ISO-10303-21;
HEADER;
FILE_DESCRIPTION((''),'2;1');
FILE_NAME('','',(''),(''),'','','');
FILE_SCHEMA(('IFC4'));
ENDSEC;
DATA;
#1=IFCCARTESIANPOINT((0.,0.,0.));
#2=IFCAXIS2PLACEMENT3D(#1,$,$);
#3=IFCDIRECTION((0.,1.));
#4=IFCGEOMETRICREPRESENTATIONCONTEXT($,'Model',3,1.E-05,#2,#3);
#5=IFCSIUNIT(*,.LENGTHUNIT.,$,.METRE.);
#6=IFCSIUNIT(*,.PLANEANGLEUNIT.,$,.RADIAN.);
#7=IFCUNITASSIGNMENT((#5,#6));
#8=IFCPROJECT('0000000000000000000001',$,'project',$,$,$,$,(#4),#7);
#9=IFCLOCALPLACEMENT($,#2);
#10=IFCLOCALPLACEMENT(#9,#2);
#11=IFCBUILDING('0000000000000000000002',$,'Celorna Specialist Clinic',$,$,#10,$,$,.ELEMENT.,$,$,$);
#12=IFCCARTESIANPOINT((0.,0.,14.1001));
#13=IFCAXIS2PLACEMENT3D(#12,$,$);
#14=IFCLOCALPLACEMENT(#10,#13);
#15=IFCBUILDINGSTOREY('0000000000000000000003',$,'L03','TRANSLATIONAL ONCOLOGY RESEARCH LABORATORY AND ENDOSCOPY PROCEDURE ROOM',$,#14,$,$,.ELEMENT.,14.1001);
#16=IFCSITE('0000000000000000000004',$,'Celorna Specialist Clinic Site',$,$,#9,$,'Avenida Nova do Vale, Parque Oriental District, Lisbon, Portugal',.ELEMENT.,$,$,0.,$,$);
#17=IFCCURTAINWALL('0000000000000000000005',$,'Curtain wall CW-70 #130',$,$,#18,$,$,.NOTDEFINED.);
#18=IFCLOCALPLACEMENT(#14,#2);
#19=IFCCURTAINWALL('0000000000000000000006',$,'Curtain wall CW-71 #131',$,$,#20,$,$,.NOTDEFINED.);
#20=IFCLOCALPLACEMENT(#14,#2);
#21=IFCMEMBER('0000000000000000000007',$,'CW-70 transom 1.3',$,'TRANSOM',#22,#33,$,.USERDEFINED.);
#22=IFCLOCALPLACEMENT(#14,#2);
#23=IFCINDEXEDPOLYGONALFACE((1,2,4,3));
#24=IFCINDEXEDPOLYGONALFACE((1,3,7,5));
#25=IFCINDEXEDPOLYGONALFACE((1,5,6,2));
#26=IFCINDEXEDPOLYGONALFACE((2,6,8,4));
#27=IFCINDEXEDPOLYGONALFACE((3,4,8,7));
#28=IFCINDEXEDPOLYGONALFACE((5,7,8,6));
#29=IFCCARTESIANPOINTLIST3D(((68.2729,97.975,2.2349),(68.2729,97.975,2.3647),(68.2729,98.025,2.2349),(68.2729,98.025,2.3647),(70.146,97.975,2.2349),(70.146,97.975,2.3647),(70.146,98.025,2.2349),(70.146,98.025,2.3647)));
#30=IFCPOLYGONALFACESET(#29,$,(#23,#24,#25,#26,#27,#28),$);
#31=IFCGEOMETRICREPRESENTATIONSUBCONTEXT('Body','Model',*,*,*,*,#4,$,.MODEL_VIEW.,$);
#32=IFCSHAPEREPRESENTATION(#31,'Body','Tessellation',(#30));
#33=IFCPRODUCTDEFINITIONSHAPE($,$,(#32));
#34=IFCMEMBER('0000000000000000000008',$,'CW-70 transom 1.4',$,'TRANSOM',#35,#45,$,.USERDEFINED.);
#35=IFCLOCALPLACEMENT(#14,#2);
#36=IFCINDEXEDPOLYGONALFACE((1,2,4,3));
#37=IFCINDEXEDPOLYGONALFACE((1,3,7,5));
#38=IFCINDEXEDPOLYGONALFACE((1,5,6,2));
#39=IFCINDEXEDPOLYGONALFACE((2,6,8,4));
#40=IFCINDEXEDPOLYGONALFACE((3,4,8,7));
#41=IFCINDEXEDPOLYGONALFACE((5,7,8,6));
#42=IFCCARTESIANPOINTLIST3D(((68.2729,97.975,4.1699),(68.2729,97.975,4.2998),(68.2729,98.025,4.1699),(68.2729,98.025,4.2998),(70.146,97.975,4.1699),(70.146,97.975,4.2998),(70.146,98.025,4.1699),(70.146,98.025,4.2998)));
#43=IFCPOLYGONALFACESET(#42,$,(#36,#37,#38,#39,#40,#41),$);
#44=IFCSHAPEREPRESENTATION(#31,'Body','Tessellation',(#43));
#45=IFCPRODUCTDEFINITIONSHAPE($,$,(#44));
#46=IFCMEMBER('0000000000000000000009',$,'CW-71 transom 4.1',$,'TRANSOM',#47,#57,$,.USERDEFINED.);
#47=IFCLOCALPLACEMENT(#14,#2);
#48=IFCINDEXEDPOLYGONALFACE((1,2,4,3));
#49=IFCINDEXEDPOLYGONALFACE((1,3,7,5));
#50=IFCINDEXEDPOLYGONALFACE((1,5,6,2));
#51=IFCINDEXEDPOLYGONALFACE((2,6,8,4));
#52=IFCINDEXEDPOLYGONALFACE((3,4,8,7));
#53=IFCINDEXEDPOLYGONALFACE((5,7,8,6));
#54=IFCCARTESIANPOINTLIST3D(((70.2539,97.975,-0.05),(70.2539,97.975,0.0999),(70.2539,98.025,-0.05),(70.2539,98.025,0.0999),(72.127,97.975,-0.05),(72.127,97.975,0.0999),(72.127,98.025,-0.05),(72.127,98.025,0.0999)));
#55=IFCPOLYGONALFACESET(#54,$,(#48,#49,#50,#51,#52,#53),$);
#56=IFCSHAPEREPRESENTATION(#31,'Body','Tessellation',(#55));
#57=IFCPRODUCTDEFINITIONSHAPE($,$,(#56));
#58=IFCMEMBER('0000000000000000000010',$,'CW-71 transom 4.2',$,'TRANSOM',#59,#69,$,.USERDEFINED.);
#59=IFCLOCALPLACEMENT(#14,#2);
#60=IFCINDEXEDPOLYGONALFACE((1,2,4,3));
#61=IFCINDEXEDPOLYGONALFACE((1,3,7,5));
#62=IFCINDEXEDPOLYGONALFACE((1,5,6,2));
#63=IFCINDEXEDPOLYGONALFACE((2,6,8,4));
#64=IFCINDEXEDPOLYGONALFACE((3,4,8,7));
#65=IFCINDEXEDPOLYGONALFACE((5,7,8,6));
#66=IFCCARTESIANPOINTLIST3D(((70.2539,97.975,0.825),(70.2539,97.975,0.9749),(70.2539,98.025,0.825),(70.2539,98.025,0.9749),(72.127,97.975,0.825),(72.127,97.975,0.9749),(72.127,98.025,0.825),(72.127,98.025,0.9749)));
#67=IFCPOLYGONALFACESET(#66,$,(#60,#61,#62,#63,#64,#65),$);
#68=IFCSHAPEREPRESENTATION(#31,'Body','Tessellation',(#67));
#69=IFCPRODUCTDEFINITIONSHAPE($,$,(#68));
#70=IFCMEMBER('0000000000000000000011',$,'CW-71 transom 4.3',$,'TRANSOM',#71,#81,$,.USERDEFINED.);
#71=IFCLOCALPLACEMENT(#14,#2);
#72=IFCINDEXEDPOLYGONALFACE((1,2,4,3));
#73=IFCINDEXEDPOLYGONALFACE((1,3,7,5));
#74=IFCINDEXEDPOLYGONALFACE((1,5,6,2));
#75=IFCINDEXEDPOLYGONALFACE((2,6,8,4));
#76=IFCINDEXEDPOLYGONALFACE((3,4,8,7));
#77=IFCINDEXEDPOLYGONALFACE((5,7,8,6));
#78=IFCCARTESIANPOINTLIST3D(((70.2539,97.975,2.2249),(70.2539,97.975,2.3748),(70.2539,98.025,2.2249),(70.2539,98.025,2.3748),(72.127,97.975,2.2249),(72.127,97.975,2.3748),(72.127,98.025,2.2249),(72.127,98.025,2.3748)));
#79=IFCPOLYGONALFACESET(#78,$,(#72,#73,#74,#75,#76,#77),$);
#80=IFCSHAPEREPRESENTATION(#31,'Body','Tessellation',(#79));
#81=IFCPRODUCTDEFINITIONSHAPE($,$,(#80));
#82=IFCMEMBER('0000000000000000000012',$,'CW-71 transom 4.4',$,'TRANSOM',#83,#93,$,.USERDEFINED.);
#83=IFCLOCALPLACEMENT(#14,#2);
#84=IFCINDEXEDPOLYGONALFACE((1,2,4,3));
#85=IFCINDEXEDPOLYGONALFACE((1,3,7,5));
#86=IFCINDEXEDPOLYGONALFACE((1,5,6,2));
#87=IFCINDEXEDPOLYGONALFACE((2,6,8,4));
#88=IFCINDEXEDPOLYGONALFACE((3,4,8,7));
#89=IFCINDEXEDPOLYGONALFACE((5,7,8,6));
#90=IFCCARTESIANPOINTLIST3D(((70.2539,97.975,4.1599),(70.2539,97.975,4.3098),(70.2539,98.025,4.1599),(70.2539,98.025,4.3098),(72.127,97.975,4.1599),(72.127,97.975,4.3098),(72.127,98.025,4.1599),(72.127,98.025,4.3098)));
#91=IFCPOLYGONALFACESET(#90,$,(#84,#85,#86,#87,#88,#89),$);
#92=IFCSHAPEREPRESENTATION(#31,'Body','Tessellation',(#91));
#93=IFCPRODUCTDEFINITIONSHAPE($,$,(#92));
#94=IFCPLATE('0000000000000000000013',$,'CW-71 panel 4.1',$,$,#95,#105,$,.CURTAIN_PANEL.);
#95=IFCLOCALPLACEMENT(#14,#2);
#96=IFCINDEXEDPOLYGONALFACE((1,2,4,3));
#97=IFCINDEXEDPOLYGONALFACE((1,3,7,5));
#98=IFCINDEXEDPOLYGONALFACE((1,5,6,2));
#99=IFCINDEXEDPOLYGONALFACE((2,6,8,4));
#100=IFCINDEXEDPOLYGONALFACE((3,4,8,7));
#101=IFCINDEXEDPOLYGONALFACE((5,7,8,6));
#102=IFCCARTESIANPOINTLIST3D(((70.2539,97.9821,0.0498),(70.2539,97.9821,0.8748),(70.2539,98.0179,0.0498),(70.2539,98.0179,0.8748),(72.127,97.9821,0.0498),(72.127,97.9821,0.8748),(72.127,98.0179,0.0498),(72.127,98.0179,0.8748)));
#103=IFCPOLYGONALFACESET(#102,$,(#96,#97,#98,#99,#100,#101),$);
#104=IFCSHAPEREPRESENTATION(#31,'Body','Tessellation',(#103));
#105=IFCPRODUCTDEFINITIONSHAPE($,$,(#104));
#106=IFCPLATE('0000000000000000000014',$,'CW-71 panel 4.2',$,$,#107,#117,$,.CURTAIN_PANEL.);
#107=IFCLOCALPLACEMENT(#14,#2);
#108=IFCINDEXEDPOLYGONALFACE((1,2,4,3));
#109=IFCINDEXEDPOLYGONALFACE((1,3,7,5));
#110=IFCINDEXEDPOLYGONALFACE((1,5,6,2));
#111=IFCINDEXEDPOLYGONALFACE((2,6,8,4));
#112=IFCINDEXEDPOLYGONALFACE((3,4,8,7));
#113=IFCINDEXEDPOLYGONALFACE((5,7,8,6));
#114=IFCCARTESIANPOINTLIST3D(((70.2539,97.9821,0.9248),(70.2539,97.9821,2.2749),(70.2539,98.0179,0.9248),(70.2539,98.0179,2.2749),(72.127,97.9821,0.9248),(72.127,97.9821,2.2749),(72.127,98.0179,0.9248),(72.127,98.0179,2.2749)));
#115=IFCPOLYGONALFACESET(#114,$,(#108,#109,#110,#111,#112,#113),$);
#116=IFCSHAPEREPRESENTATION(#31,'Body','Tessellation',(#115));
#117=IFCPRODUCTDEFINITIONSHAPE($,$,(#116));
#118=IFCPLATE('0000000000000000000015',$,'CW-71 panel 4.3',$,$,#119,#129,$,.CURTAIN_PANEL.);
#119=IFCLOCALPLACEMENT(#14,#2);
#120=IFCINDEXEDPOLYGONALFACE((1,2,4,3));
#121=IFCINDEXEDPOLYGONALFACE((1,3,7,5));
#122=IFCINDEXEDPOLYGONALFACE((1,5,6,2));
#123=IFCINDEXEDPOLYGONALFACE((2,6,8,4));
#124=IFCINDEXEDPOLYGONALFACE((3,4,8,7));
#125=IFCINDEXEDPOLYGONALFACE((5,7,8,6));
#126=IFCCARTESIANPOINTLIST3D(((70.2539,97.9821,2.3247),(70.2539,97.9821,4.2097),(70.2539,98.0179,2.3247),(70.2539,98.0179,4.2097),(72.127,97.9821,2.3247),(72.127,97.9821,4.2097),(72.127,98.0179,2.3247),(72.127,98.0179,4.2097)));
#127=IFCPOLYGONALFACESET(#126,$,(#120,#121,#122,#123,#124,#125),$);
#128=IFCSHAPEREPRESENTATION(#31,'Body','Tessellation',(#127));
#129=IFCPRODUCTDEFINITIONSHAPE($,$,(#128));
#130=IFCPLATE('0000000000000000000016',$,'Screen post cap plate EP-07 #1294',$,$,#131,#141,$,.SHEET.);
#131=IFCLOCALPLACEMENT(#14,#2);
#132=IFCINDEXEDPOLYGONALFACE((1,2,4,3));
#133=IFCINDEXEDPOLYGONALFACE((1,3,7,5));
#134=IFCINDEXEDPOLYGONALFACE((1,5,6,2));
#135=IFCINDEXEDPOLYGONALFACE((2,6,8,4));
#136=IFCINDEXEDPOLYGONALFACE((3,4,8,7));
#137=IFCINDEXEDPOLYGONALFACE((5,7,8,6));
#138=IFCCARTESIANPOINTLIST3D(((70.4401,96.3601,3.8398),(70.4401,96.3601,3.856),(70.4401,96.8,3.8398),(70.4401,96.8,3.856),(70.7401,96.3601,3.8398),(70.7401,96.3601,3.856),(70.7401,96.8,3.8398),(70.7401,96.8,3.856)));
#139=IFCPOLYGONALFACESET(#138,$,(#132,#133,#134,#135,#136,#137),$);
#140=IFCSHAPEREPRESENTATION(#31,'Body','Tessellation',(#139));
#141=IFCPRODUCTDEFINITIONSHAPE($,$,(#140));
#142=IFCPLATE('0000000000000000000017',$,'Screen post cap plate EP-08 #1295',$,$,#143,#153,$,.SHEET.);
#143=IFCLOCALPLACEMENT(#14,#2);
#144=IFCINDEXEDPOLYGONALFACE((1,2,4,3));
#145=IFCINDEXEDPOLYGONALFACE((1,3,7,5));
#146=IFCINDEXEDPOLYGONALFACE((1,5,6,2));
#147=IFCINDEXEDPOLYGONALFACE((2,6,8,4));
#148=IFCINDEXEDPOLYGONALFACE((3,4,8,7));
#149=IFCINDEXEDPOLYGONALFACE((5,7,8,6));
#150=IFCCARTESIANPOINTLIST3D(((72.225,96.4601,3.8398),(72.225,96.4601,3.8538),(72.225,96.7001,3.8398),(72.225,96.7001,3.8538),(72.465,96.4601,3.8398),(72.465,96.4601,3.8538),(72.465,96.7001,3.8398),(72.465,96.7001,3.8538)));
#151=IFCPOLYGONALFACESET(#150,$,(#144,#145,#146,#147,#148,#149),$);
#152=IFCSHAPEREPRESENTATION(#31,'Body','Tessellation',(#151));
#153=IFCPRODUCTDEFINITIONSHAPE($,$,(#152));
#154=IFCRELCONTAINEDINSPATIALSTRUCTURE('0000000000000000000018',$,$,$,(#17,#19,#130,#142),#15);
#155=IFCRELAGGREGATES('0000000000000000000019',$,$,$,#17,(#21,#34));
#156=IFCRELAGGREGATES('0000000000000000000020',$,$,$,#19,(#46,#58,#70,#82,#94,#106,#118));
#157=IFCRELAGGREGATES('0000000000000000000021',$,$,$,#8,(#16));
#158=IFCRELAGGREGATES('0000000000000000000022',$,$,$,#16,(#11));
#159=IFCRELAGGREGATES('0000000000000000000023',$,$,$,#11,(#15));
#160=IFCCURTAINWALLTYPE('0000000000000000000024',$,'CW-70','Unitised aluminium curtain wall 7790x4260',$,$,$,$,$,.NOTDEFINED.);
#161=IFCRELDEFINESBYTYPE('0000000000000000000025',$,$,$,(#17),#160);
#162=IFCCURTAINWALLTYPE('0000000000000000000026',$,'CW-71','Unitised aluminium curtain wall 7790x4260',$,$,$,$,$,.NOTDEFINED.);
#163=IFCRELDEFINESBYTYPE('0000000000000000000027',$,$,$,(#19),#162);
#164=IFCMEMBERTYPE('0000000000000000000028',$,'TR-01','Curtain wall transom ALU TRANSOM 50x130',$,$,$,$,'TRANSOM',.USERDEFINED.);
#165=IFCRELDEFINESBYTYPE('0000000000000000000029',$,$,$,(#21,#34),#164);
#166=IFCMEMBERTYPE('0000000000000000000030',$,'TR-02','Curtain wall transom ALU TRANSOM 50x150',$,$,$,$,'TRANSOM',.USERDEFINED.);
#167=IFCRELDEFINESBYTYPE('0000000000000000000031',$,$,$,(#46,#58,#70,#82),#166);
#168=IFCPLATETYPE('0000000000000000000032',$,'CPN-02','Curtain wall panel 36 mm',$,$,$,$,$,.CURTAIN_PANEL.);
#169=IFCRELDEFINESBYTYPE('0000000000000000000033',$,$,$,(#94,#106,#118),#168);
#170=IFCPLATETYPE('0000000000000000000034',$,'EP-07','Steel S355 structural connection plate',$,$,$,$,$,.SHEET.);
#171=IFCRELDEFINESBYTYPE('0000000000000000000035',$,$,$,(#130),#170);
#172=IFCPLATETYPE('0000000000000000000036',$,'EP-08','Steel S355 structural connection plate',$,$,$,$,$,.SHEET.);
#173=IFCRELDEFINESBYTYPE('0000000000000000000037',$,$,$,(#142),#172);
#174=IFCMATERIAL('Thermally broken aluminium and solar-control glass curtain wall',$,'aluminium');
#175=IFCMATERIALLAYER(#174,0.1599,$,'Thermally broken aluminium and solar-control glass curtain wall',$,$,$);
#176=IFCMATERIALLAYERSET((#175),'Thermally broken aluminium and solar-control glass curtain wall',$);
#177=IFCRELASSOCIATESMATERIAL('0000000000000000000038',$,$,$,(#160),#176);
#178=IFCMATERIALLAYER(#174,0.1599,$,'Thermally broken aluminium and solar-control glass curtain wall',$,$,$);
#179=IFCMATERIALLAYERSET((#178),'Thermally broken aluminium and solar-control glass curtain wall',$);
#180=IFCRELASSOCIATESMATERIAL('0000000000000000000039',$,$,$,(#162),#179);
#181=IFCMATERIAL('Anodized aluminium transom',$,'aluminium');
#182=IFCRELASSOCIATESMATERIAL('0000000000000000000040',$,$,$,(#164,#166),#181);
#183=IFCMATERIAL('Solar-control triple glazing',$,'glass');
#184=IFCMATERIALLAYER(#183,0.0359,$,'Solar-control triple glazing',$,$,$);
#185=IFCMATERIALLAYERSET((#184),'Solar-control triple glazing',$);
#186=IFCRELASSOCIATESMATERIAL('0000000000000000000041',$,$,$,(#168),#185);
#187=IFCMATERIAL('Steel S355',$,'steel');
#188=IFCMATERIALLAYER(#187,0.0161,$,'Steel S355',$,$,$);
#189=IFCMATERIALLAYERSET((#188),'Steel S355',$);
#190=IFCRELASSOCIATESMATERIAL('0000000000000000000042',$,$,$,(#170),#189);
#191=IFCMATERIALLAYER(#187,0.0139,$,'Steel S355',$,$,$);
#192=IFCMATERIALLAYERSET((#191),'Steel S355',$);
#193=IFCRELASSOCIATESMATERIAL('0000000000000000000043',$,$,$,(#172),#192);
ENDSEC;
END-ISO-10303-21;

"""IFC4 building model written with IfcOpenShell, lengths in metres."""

from ifc_helpers import new_model, si_unit, direction, frame, origin, origin_2d, place, context, subcontext, project, spatial, rectangle, extrude, material, layer, layer_set, material_profile, profile_set, type_object, element, aggregate, save


model = new_model("IFC4")

# Units and contexts
model_context = context("Model", 3, precision=1e-05, world=origin(), true_north=direction((0.0, 1.0)))
body_context = subcontext(model_context, "Body", "Model", "MODEL_VIEW")
ifc_project = project(units=[si_unit("LENGTHUNIT", "METRE"), si_unit("PLANEANGLEUNIT", "RADIAN")], contexts=[model_context])

# Site, building, storey
site_placement = place(None, origin())
site = spatial("IfcSite", under=ifc_project, at=site_placement, Name="Celorna Specialist Clinic Site", LongName="Avenida Nova do Vale, Parque Oriental District, Lisbon, Portugal", CompositionType="ELEMENT", RefElevation=0.0)
building_placement = place(site_placement, origin())
building = spatial("IfcBuilding", under=site, at=building_placement, Name="Celorna Specialist Clinic", CompositionType="ELEMENT")
storey_placement = place(building_placement, frame((0.0, 0.0, 14.1001)))
storey = spatial("IfcBuildingStorey", under=building, at=storey_placement, Name="L03", Description="TRANSLATIONAL ONCOLOGY RESEARCH LABORATORY AND ENDOSCOPY PROCEDURE ROOM", CompositionType="ELEMENT", Elevation=14.1001)

# Shared definitions
ifc_material_1 = material(Name="Steel S355", Category="steel")

# Curtain wall
ifc_material_2 = material(Name="Thermally broken aluminium and solar-control glass curtain wall", Category="aluminium")
ifc_layer_1 = layer(ifc_material_2, 0.1599, Name="Thermally broken aluminium and solar-control glass curtain wall")
ifc_layer_set_1 = layer_set([ifc_layer_1], Name="Thermally broken aluminium and solar-control glass curtain wall")
curtain_wall_type_1 = type_object("IfcCurtainWallType", Name="CW-70", Description="Unitised aluminium curtain wall 7790x4260", PredefinedType="NOTDEFINED", material=ifc_layer_set_1)
curtain_wall_1_placement = place(storey_placement, origin())
curtain_wall_1 = element("IfcCurtainWall", 1, at=curtain_wall_1_placement, inside=storey, type_object=curtain_wall_type_1, Name="Curtain wall CW-70 #130", PredefinedType="NOTDEFINED")

# Curtain wall
ifc_layer_2 = layer(ifc_material_2, 0.1599, Name="Thermally broken aluminium and solar-control glass curtain wall")
ifc_layer_set_2 = layer_set([ifc_layer_2], Name="Thermally broken aluminium and solar-control glass curtain wall")
curtain_wall_type_2 = type_object("IfcCurtainWallType", Name="CW-71", Description="Unitised aluminium curtain wall 7790x4260", PredefinedType="NOTDEFINED", material=ifc_layer_set_2)
curtain_wall_2_placement = place(storey_placement, origin())
curtain_wall_2 = element("IfcCurtainWall", 2, at=curtain_wall_2_placement, inside=storey, type_object=curtain_wall_type_2, Name="Curtain wall CW-71 #131", PredefinedType="NOTDEFINED")

# Members
ifc_material_3 = material(Name="Anodized aluminium transom", Category="aluminium")
ifc_material_profile_1 = material_profile(ifc_material_3, rectangle(XDim=0.05, YDim=0.1299, at=origin_2d()), Name="ALU TRANSOM 50x130")
ifc_profile_set_1 = profile_set([ifc_material_profile_1], Name="Anodized aluminium transom")
member_type_1 = type_object("IfcMemberType", Name="TR-01", Description="Curtain wall transom ALU TRANSOM 50x130", ElementType="TRANSOM", PredefinedType="USERDEFINED", material=ifc_profile_set_1)
member_1_placement = place(storey_placement, frame((70.146, 98.0, 2.2998), z_axis=(-1.0, 0.0, 0.0), x_axis=(0.0, -1.0, 0.0)))
member_1 = element("IfcMember", 3, at=member_1_placement, type_object=member_type_1, Name="CW-70 transom 1.3", ObjectType="TRANSOM", PredefinedType="USERDEFINED", context=body_context, shape_type="SweptSolid", body=[
    extrude(rectangle(XDim=0.05, YDim=0.1299, at=origin_2d()), origin(), (0.0, 0.0, 1.0), 1.873),
])
member_2_placement = place(storey_placement, frame((70.146, 98.0, 4.2349), z_axis=(-1.0, 0.0, 0.0), x_axis=(0.0, -1.0, 0.0)))
member_2 = element("IfcMember", 4, at=member_2_placement, type_object=member_type_1, Name="CW-70 transom 1.4", ObjectType="TRANSOM", PredefinedType="USERDEFINED", context=body_context, shape_type="SweptSolid", body=[
    extrude(rectangle(XDim=0.05, YDim=0.1299, at=origin_2d()), origin(), (0.0, 0.0, 1.0), 1.873),
])
aggregate(curtain_wall_1, [member_1, member_2])
ifc_material_profile_2 = material_profile(ifc_material_3, rectangle(XDim=0.05, YDim=0.1499, at=origin_2d()), Name="ALU TRANSOM 50x150")
ifc_profile_set_2 = profile_set([ifc_material_profile_2], Name="Anodized aluminium transom")
member_type_2 = type_object("IfcMemberType", Name="TR-02", Description="Curtain wall transom ALU TRANSOM 50x150", ElementType="TRANSOM", PredefinedType="USERDEFINED", material=ifc_profile_set_2)
member_3_placement = place(storey_placement, frame((72.127, 98.0, 0.0249), z_axis=(-1.0, 0.0, 0.0), x_axis=(0.0, -1.0, 0.0)))
member_3 = element("IfcMember", 5, at=member_3_placement, type_object=member_type_2, Name="CW-71 transom 4.1", ObjectType="TRANSOM", PredefinedType="USERDEFINED", context=body_context, shape_type="SweptSolid", body=[
    extrude(rectangle(XDim=0.05, YDim=0.1499, at=origin_2d()), origin(), (0.0, 0.0, 1.0), 1.873),
])
member_4_placement = place(storey_placement, frame((72.127, 98.0, 0.8999), z_axis=(-1.0, 0.0, 0.0), x_axis=(0.0, -1.0, 0.0)))
member_4 = element("IfcMember", 6, at=member_4_placement, type_object=member_type_2, Name="CW-71 transom 4.2", ObjectType="TRANSOM", PredefinedType="USERDEFINED", context=body_context, shape_type="SweptSolid", body=[
    extrude(rectangle(XDim=0.05, YDim=0.1499, at=origin_2d()), origin(), (0.0, 0.0, 1.0), 1.873),
])
member_5_placement = place(storey_placement, frame((72.127, 98.0, 2.2998), z_axis=(-1.0, 0.0, 0.0), x_axis=(0.0, -1.0, 0.0)))
member_5 = element("IfcMember", 7, at=member_5_placement, type_object=member_type_2, Name="CW-71 transom 4.3", ObjectType="TRANSOM", PredefinedType="USERDEFINED", context=body_context, shape_type="SweptSolid", body=[
    extrude(rectangle(XDim=0.05, YDim=0.1499, at=origin_2d()), origin(), (0.0, 0.0, 1.0), 1.873),
])
member_6_placement = place(storey_placement, frame((72.127, 98.0, 4.2349), z_axis=(-1.0, 0.0, 0.0), x_axis=(0.0, -1.0, 0.0)))
member_6 = element("IfcMember", 8, at=member_6_placement, type_object=member_type_2, Name="CW-71 transom 4.4", ObjectType="TRANSOM", PredefinedType="USERDEFINED", context=body_context, shape_type="SweptSolid", body=[
    extrude(rectangle(XDim=0.05, YDim=0.1499, at=origin_2d()), origin(), (0.0, 0.0, 1.0), 1.873),
])

# Plates
ifc_material_4 = material(Name="Solar-control triple glazing", Category="glass")
ifc_layer_3 = layer(ifc_material_4, 0.0359, Name="Solar-control triple glazing")
ifc_layer_set_3 = layer_set([ifc_layer_3], Name="Solar-control triple glazing")
plate_type_1 = type_object("IfcPlateType", Name="CPN-02", Description="Curtain wall panel 36 mm", PredefinedType="CURTAIN_PANEL", material=ifc_layer_set_3)
plate_1_placement = place(storey_placement, frame((71.1904, 98.0, 0.0498), z_axis=(0.0, 0.0, 1.0), x_axis=(-1.0, 0.0, 0.0)))
plate_1 = element("IfcPlate", 9, at=plate_1_placement, type_object=plate_type_1, Name="CW-71 panel 4.1", PredefinedType="CURTAIN_PANEL", context=body_context, shape_type="SweptSolid", body=[
    extrude(rectangle(XDim=1.873, YDim=0.0359, at=origin_2d()), origin(), (0.0, 0.0, 1.0), 0.825),
])
plate_2_placement = place(storey_placement, frame((71.1904, 98.0, 0.9248), z_axis=(0.0, 0.0, 1.0), x_axis=(-1.0, 0.0, 0.0)))
plate_2 = element("IfcPlate", 10, at=plate_2_placement, type_object=plate_type_1, Name="CW-71 panel 4.2", PredefinedType="CURTAIN_PANEL", context=body_context, shape_type="SweptSolid", body=[
    extrude(rectangle(XDim=1.873, YDim=0.0359, at=origin_2d()), origin(), (0.0, 0.0, 1.0), 1.3501),
])
plate_3_placement = place(storey_placement, frame((71.1904, 98.0, 2.3247), z_axis=(0.0, 0.0, 1.0), x_axis=(-1.0, 0.0, 0.0)))
plate_3 = element("IfcPlate", 11, at=plate_3_placement, type_object=plate_type_1, Name="CW-71 panel 4.3", PredefinedType="CURTAIN_PANEL", context=body_context, shape_type="SweptSolid", body=[
    extrude(rectangle(XDim=1.873, YDim=0.0359, at=origin_2d()), origin(), (0.0, 0.0, 1.0), 1.885),
])
aggregate(curtain_wall_2, [member_3, member_4, member_5, member_6, plate_1, plate_2, plate_3])

# Plates
ifc_layer_4 = layer(ifc_material_1, 0.0161, Name="Steel S355")
ifc_layer_set_4 = layer_set([ifc_layer_4], Name="Steel S355")
plate_type_2 = type_object("IfcPlateType", Name="EP-07", Description="Steel S355 structural connection plate", PredefinedType="SHEET", material=ifc_layer_set_4)
plate_4_placement = place(storey_placement, frame((70.5901, 96.5801, 3.8398), z_axis=(0.0, 0.0, 1.0), x_axis=(1.0, 0.0, 0.0)))
element("IfcPlate", 12, at=plate_4_placement, inside=storey, type_object=plate_type_2, Name="Screen post cap plate EP-07 #1294", PredefinedType="SHEET", context=body_context, shape_type="SweptSolid", body=[
    extrude(rectangle(XDim=0.3, YDim=0.4399, at=origin_2d()), origin(), (0.0, 0.0, 1.0), 0.0161),
])
ifc_layer_5 = layer(ifc_material_1, 0.0139, Name="Steel S355")
ifc_layer_set_5 = layer_set([ifc_layer_5], Name="Steel S355")
plate_type_3 = type_object("IfcPlateType", Name="EP-08", Description="Steel S355 structural connection plate", PredefinedType="SHEET", material=ifc_layer_set_5)
plate_5_placement = place(storey_placement, frame((72.345, 96.5801, 3.8398), z_axis=(0.0, 0.0, 1.0), x_axis=(1.0, 0.0, 0.0)))
element("IfcPlate", 13, at=plate_5_placement, inside=storey, type_object=plate_type_3, Name="Screen post cap plate EP-08 #1295", PredefinedType="SHEET", context=body_context, shape_type="SweptSolid", body=[
    extrude(rectangle(XDim=0.24, YDim=0.24, at=origin_2d()), origin(), (0.0, 0.0, 1.0), 0.0139),
])

save(model, "model.ifc")
